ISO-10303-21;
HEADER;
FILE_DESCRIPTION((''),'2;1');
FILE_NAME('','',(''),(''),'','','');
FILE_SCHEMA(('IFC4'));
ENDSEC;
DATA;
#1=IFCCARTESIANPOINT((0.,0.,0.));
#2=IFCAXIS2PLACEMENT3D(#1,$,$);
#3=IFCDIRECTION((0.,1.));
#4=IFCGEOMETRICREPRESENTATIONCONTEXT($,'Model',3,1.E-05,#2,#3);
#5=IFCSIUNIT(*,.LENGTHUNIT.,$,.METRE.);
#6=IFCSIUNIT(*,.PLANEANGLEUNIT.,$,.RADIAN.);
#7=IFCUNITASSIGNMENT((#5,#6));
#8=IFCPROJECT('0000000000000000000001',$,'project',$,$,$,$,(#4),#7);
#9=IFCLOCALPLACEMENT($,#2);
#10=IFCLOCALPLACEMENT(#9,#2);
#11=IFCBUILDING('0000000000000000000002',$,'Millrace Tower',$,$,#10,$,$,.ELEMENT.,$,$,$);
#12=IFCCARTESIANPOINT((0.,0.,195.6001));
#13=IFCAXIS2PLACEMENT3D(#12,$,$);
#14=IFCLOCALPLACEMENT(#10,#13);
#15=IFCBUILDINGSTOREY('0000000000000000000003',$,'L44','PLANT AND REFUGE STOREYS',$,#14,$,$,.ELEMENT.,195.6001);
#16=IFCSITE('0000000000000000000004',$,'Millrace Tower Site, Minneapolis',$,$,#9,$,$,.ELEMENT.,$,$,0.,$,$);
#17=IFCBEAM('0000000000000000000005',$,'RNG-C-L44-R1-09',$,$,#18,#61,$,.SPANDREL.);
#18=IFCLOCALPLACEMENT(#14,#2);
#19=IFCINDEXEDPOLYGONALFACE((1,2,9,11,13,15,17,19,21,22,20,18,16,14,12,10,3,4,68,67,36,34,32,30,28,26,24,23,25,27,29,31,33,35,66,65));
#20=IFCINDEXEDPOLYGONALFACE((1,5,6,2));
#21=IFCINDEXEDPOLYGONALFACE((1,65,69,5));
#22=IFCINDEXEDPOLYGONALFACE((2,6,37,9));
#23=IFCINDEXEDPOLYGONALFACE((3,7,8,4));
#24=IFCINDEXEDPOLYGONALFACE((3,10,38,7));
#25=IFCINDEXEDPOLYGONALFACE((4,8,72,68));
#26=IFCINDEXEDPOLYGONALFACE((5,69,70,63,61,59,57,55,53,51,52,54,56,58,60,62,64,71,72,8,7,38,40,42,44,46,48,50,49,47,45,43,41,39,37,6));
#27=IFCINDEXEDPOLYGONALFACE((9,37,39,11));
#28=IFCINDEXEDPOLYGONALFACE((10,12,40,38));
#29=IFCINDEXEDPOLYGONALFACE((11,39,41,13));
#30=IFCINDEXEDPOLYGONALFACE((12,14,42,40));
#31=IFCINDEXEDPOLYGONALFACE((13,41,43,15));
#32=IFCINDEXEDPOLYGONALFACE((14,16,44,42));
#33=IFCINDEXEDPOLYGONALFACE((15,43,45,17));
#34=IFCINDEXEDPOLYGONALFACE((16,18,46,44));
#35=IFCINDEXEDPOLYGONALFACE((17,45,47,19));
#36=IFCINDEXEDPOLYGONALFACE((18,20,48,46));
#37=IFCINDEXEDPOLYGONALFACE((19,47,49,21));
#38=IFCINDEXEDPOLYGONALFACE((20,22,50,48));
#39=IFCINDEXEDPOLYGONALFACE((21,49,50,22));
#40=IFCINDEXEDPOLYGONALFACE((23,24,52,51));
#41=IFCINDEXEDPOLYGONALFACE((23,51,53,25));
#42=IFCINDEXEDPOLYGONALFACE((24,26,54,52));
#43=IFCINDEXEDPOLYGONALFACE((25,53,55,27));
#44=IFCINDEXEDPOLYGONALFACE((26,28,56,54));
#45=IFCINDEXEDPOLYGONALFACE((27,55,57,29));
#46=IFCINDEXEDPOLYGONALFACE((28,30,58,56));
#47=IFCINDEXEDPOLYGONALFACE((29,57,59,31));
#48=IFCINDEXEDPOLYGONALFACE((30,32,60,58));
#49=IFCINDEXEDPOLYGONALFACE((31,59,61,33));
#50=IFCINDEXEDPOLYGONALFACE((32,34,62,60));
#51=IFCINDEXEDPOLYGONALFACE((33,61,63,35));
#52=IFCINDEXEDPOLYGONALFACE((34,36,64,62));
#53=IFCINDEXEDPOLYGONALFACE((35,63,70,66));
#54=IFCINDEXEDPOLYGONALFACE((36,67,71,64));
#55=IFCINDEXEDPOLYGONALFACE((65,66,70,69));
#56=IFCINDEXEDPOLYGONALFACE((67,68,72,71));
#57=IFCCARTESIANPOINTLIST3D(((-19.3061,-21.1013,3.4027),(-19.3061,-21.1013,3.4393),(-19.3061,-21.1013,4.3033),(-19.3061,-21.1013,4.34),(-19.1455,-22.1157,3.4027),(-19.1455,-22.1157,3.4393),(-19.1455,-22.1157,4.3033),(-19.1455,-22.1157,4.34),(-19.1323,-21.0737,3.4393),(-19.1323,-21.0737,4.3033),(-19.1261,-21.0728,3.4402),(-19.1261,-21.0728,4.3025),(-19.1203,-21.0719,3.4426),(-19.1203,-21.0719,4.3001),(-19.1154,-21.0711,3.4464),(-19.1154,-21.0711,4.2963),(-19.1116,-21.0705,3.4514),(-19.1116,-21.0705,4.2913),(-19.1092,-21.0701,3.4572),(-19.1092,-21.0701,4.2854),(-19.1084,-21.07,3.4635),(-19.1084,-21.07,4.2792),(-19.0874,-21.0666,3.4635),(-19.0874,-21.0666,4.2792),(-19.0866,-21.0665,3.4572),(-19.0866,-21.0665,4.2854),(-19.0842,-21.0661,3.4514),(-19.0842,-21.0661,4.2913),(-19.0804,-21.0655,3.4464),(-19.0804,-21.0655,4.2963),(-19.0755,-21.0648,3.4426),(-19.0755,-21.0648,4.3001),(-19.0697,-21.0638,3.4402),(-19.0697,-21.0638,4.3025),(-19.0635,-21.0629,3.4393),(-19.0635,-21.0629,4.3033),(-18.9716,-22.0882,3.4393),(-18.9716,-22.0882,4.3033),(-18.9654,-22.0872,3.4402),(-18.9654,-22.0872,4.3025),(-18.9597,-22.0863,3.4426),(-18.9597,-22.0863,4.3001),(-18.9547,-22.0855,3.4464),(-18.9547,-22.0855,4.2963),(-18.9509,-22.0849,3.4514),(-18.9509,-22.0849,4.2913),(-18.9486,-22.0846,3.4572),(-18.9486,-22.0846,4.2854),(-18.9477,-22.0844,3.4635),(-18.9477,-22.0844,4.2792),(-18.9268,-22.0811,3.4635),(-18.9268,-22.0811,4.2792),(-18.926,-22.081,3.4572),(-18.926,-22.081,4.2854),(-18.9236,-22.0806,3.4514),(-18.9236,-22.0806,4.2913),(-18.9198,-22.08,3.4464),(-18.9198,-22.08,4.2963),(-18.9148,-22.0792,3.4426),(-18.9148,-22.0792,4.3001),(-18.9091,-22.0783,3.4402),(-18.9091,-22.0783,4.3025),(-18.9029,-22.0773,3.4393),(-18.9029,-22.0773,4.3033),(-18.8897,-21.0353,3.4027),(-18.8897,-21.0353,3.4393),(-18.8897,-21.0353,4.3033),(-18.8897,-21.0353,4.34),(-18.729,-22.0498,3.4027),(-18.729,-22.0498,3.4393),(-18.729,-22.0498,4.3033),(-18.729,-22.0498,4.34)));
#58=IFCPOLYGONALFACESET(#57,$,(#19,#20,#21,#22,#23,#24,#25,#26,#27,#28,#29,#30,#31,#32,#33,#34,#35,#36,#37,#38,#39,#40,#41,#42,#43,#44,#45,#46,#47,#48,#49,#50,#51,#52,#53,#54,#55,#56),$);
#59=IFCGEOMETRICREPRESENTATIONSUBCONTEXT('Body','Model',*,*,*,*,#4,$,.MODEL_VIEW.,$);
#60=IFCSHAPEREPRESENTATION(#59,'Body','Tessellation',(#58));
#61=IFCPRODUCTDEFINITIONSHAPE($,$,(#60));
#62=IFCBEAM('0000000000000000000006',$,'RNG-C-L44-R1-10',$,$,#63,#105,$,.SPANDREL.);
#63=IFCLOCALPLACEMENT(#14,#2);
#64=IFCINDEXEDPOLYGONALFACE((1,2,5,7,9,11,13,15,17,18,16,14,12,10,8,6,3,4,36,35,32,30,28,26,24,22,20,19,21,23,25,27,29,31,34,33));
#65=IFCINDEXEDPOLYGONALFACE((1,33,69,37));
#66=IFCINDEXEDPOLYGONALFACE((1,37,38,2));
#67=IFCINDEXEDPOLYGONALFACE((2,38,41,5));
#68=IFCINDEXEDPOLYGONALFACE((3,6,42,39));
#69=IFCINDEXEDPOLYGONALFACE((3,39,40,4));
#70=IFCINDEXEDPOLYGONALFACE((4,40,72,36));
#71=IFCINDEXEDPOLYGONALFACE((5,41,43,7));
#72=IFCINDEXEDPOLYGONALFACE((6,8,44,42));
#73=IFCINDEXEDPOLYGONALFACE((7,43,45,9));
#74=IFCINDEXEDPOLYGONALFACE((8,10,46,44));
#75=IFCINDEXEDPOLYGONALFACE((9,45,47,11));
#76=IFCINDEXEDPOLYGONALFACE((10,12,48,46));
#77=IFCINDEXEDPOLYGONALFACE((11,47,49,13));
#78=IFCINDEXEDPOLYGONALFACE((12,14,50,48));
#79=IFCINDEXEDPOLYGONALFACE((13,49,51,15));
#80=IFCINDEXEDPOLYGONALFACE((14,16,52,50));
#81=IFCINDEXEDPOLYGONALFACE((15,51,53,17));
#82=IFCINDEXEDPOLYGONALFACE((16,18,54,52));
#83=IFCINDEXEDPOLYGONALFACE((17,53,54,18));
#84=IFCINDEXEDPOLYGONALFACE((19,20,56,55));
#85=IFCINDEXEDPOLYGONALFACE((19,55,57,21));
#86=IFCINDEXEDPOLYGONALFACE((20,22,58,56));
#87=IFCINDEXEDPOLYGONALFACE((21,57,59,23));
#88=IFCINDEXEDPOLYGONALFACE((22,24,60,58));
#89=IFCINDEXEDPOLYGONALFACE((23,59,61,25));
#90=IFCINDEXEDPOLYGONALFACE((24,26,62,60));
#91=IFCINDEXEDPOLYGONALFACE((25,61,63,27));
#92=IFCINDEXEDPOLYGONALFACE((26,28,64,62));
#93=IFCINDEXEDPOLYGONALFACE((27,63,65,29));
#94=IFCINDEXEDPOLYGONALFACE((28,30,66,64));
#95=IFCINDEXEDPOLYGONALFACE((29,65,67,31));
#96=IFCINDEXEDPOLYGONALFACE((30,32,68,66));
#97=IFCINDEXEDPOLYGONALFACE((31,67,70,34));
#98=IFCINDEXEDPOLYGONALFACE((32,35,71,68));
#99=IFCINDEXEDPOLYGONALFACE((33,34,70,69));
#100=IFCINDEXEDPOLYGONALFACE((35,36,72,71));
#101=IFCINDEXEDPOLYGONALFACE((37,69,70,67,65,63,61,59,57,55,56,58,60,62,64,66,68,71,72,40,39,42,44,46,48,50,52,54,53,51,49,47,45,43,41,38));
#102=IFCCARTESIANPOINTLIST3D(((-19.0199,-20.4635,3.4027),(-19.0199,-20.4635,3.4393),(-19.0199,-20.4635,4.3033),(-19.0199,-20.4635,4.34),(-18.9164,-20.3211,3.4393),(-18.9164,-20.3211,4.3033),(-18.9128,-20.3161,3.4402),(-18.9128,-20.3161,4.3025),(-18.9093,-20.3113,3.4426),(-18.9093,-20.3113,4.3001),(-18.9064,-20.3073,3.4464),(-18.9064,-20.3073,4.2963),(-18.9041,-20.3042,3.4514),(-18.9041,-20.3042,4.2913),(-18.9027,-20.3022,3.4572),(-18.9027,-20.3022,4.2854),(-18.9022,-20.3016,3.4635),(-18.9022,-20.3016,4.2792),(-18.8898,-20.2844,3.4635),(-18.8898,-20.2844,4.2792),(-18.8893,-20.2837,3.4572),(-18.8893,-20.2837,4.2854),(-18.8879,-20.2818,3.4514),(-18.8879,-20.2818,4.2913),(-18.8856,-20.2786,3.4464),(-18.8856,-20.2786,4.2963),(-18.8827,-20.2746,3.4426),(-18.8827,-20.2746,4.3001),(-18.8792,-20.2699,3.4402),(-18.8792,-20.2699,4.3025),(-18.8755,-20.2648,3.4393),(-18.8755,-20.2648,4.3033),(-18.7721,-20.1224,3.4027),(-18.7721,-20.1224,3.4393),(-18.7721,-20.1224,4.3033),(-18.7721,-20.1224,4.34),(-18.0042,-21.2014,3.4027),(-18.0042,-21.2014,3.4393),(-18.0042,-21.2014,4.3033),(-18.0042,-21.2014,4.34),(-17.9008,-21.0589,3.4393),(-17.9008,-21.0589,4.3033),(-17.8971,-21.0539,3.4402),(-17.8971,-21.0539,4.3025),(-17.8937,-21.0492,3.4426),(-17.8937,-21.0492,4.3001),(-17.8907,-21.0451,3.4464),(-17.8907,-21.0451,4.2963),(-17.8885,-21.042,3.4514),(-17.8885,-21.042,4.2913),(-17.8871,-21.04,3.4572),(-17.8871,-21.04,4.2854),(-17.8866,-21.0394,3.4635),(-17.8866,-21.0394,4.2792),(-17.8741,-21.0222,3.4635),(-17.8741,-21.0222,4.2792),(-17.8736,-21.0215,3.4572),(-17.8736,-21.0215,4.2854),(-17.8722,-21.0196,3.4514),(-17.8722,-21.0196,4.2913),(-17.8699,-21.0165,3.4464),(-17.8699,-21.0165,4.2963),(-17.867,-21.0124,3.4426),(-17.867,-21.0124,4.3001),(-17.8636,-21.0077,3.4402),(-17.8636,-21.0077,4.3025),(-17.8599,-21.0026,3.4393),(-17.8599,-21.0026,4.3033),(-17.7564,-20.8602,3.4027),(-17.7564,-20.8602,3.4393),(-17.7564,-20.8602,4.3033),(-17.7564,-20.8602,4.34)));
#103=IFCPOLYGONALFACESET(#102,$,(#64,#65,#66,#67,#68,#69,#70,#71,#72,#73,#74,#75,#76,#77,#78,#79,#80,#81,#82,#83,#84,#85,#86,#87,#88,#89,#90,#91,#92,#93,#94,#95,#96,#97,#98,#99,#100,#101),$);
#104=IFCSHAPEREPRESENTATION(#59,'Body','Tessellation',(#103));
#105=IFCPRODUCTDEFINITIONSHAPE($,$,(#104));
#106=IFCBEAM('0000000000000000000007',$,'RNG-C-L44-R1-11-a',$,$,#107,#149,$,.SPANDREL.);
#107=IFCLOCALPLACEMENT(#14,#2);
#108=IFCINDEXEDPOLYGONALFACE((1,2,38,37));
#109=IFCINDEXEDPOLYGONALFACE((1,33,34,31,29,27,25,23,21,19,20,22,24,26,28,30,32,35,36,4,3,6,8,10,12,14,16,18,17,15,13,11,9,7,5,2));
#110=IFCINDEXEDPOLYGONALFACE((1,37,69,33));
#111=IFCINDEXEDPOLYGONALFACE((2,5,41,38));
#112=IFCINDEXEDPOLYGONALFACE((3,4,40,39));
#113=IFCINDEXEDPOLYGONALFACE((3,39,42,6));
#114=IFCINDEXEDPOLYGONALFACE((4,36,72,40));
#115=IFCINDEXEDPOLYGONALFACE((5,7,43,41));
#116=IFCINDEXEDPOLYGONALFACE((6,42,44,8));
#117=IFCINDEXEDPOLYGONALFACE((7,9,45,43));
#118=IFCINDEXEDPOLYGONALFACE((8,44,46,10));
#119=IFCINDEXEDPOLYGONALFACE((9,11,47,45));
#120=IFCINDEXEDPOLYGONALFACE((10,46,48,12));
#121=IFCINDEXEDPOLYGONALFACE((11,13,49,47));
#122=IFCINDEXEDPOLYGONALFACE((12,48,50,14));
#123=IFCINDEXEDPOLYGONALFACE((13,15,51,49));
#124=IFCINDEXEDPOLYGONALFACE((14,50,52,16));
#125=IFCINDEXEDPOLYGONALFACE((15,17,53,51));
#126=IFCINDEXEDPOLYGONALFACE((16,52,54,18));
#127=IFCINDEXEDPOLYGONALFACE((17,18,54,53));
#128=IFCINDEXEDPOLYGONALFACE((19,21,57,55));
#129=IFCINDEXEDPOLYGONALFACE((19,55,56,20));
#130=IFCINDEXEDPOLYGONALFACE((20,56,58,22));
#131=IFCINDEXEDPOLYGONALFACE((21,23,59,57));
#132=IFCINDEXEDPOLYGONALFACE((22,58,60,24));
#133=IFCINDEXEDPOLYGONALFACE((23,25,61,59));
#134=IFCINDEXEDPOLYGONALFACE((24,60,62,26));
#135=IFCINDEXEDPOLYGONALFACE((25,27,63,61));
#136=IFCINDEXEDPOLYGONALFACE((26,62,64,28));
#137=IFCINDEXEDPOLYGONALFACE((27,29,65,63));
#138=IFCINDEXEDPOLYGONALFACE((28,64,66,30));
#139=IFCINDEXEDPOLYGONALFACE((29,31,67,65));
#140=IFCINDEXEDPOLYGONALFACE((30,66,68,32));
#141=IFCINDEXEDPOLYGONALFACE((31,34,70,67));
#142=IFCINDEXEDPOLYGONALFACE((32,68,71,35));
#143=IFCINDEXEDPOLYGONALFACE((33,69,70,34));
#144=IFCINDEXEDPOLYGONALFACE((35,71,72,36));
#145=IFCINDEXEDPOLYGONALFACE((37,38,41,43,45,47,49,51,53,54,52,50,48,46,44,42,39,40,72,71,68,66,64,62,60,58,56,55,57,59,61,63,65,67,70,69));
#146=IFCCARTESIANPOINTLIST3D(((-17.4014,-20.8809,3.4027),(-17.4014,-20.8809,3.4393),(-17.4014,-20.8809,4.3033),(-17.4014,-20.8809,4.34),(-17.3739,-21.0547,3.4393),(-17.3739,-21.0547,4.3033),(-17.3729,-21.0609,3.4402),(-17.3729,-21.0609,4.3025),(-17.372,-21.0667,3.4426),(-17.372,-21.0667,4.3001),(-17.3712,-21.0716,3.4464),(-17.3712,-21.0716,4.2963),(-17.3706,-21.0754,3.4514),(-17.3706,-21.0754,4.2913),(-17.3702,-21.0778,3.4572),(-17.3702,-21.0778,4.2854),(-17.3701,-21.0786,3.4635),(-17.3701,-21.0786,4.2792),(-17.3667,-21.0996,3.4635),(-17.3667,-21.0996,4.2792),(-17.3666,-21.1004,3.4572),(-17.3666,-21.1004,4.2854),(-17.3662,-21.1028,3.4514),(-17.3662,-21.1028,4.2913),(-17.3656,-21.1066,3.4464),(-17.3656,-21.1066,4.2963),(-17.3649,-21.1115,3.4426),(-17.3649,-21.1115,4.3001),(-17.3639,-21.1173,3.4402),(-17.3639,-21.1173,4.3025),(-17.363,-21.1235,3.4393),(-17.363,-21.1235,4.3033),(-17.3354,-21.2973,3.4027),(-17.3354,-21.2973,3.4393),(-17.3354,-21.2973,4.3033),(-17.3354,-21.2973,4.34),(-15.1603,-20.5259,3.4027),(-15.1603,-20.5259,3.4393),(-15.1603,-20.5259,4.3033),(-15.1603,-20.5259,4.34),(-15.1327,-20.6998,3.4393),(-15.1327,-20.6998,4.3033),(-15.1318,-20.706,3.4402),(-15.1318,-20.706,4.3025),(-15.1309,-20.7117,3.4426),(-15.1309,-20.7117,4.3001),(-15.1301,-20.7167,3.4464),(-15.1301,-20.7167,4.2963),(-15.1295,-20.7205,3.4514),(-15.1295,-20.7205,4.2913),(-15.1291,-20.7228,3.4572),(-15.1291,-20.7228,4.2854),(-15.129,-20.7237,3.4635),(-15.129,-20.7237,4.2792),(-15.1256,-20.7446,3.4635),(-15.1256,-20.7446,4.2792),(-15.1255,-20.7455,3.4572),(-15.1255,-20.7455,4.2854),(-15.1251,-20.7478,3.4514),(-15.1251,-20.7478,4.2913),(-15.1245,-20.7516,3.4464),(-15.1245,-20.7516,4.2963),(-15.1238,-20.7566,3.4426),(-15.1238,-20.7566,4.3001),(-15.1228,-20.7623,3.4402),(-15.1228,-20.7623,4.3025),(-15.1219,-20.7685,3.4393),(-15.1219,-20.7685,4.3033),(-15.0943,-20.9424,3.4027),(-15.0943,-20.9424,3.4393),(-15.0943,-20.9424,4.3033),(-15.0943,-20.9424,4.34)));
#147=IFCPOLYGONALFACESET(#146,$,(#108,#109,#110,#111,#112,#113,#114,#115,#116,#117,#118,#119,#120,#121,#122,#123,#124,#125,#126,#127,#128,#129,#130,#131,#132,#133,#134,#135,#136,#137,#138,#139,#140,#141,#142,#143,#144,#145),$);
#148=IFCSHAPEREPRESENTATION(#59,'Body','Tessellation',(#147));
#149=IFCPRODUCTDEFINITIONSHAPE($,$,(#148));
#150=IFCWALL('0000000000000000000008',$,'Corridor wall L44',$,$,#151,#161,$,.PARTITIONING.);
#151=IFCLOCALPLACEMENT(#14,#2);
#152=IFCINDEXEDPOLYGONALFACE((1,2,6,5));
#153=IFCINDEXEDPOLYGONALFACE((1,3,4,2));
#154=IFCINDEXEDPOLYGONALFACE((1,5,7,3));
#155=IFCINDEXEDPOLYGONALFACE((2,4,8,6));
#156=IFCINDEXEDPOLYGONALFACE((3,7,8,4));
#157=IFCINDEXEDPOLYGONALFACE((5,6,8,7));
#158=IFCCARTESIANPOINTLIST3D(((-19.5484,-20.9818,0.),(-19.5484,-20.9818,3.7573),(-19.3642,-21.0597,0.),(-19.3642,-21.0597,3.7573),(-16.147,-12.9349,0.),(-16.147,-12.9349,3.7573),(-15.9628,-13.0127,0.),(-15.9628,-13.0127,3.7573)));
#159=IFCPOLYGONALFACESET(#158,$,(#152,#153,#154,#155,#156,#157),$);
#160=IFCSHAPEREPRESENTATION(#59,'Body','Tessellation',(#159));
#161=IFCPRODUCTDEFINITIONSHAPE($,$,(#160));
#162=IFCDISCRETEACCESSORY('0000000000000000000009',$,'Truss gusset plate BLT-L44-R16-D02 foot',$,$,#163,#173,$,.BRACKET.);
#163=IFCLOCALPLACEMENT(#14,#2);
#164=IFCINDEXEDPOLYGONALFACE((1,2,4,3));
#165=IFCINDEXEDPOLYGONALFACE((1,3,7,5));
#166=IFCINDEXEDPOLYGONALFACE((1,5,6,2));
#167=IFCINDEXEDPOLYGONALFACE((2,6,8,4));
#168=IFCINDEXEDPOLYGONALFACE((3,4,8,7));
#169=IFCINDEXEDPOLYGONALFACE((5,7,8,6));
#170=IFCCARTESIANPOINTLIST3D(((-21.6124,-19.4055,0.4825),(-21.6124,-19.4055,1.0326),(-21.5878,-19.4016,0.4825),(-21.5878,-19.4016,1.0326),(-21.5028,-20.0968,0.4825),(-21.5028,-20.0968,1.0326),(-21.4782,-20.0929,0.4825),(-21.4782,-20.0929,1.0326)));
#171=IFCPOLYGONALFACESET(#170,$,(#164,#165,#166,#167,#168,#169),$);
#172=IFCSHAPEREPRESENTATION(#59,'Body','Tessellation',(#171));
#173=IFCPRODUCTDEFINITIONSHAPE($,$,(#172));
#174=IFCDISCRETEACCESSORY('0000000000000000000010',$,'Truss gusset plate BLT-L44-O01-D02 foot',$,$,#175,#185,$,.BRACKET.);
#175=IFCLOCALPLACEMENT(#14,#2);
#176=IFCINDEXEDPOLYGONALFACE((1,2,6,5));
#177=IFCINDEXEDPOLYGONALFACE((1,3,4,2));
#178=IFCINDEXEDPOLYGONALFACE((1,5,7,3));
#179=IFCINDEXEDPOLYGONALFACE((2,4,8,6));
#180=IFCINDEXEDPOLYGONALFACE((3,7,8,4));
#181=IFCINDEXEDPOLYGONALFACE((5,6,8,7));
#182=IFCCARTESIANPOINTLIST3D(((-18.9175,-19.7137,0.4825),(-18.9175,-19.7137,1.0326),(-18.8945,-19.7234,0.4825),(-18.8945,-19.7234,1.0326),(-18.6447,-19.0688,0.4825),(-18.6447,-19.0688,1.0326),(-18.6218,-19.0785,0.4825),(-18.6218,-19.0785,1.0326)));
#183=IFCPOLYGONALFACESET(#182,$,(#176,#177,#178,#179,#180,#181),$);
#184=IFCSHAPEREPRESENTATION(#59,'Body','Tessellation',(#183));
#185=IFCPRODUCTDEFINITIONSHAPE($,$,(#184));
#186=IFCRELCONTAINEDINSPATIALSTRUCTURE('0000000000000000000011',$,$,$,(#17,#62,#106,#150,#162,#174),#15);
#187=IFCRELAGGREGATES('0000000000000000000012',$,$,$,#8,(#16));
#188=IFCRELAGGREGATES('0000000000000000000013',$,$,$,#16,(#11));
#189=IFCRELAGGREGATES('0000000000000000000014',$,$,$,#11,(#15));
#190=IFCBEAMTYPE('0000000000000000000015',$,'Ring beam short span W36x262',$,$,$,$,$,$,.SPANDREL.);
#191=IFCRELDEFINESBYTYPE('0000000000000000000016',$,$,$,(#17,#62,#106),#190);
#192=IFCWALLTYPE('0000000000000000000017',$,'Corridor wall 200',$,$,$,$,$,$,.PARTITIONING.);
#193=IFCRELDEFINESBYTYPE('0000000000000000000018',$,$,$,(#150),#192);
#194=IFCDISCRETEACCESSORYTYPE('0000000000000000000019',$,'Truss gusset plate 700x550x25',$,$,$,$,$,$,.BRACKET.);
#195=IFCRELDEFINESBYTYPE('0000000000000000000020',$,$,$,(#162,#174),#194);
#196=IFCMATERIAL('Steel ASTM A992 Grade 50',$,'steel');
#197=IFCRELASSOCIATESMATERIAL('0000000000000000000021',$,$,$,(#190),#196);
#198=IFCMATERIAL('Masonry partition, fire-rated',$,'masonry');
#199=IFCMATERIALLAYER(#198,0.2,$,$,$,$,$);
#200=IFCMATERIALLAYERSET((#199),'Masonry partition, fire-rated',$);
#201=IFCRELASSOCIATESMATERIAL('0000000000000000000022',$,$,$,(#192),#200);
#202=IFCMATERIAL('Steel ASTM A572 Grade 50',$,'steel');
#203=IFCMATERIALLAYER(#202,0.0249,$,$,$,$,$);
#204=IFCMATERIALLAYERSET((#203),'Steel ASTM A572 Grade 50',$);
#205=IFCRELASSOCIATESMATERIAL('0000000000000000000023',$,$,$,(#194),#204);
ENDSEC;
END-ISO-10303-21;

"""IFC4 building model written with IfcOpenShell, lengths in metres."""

from ifc_helpers import new_model, si_unit, direction, frame, frame_2d, origin, origin_2d, place, context, subcontext, project, spatial, rectangle, i_section, extrude, material, layer, layer_set, material_profile, profile_set, type_object, element, save


model = new_model("IFC4")

# Units and contexts
model_context = context("Model", 3, precision=1e-05, world=origin(), true_north=direction((0.0, 1.0)))
body_context = subcontext(model_context, "Body", "Model", "MODEL_VIEW")
ifc_project = project(units=[si_unit("LENGTHUNIT", "METRE"), si_unit("PLANEANGLEUNIT", "RADIAN")], contexts=[model_context])

# Site, building, storey
site_placement = place(None, origin())
site = spatial("IfcSite", under=ifc_project, at=site_placement, Name="Millrace Tower Site, Minneapolis", CompositionType="ELEMENT", RefElevation=0.0)
building_placement = place(site_placement, origin())
building = spatial("IfcBuilding", under=site, at=building_placement, Name="Millrace Tower", CompositionType="ELEMENT")
storey_placement = place(building_placement, frame((0.0, 0.0, 195.6001)))
storey = spatial("IfcBuildingStorey", under=building, at=storey_placement, Name="L44", Description="PLANT AND REFUGE STOREYS", CompositionType="ELEMENT", Elevation=195.6001)

# Beams
ifc_material_1 = material(Name="Steel ASTM A992 Grade 50", Category="steel")
ifc_material_profile_1 = material_profile(ifc_material_1, i_section(OverallWidth=0.4216, OverallDepth=0.9373, WebThickness=0.0212, FlangeThickness=0.0366, FilletRadius=0.0242, at=origin_2d()))
ifc_profile_set_1 = profile_set([ifc_material_profile_1], Name="Steel ASTM A992 Grade 50")
beam_type_1 = type_object("IfcBeamType", Name="Ring beam short span W36x262", PredefinedType="SPANDREL", material=ifc_profile_set_1)
beam_1_placement = place(storey_placement, frame((-18.9373, -22.0828, 3.8713), z_axis=(-0.156414, 0.987692, 0.0), x_axis=(-0.987692, -0.156414, 0.0)))
element("IfcBeam", 1, at=beam_1_placement, inside=storey, type_object=beam_type_1, Name="RNG-C-L44-R1-09", PredefinedType="SPANDREL", context=body_context, shape_type="SweptSolid", body=[
    extrude(i_section(OverallWidth=0.4216, OverallDepth=0.9373, WebThickness=0.0212, FlangeThickness=0.0366, FilletRadius=0.0242, at=origin_2d()), origin(), (0.0, 0.0, 1.0), 1.0271),
])
beam_2_placement = place(storey_placement, frame((-18.896, -20.293, 3.8713), z_axis=(0.809056, -0.587732, 0.0), x_axis=(0.587732, 0.809056, 0.0)))
element("IfcBeam", 2, at=beam_2_placement, inside=storey, type_object=beam_type_1, Name="RNG-C-L44-R1-10", PredefinedType="SPANDREL", context=body_context, shape_type="SweptSolid", body=[
    extrude(i_section(OverallWidth=0.4216, OverallDepth=0.9373, WebThickness=0.0212, FlangeThickness=0.0366, FilletRadius=0.0242, at=origin_2d()), origin(), (0.0, 0.0, 1.0), 1.2554),
])
beam_3_placement = place(storey_placement, frame((-17.3684, -21.0891, 3.8713), z_axis=(0.987688, 0.156438, 0.0), x_axis=(-0.156438, 0.987688, 0.0)))
element("IfcBeam", 3, at=beam_3_placement, inside=storey, type_object=beam_type_1, Name="RNG-C-L44-R1-11-a", PredefinedType="SPANDREL", context=body_context, shape_type="SweptSolid", body=[
    extrude(i_section(OverallWidth=0.4216, OverallDepth=0.9373, WebThickness=0.0212, FlangeThickness=0.0366, FilletRadius=0.0242, at=origin_2d()), origin(), (0.0, 0.0, 1.0), 2.269),
])

# Wall
ifc_material_2 = material(Name="Masonry partition, fire-rated", Category="masonry")
ifc_layer_1 = layer(ifc_material_2, 0.2)
ifc_layer_set_1 = layer_set([ifc_layer_1], Name="Masonry partition, fire-rated")
wall_type = type_object("IfcWallType", Name="Corridor wall 200", PredefinedType="PARTITIONING", material=ifc_layer_set_1)
wall_placement = place(storey_placement, frame((-19.4563, -21.0208, 0.0), z_axis=(0.0, 0.0, 1.0), x_axis=(0.389341, 0.921094, 0.0)))
element("IfcWall", 4, at=wall_placement, inside=storey, type_object=wall_type, Name="Corridor wall L44", PredefinedType="PARTITIONING", context=body_context, shape_type="SweptSolid", body=[
    extrude(rectangle(XDim=8.7363, YDim=0.2, at=frame_2d((4.3682, 0.0))), origin(), (0.0, 0.0, 1.0), 3.7573),
])

# Discrete accessories
ifc_material_3 = material(Name="Steel ASTM A572 Grade 50", Category="steel")
ifc_layer_2 = layer(ifc_material_3, 0.0249)
ifc_layer_set_2 = layer_set([ifc_layer_2], Name="Steel ASTM A572 Grade 50")
discrete_accessory_type = type_object("IfcDiscreteAccessoryType", Name="Truss gusset plate 700x550x25", PredefinedType="BRACKET", material=ifc_layer_set_2)
discrete_accessory_1_placement = place(storey_placement, frame((-21.6001, -19.4036, 0.7576), z_axis=(0.156589, -0.987664, 0.0), x_axis=(0.987664, 0.156589, 0.0)))
element("IfcDiscreteAccessory", 5, at=discrete_accessory_1_placement, inside=storey, type_object=discrete_accessory_type, Name="Truss gusset plate BLT-L44-R16-D02 foot", PredefinedType="BRACKET", context=body_context, shape_type="SweptSolid", body=[
    extrude(rectangle(XDim=0.0249, YDim=0.55, at=origin_2d()), origin(), (0.0, 0.0, 1.0), 0.7),
])
discrete_accessory_2_placement = place(storey_placement, frame((-18.906, -19.7185, 0.7576), z_axis=(0.389538, 0.921011, 0.0), x_axis=(-0.921011, 0.389538, 0.0)))
element("IfcDiscreteAccessory", 6, at=discrete_accessory_2_placement, inside=storey, type_object=discrete_accessory_type, Name="Truss gusset plate BLT-L44-O01-D02 foot", PredefinedType="BRACKET", context=body_context, shape_type="SweptSolid", body=[
    extrude(rectangle(XDim=0.0249, YDim=0.55, at=origin_2d()), origin(), (0.0, 0.0, 1.0), 0.7002),
])

save(model, "model.ifc")
